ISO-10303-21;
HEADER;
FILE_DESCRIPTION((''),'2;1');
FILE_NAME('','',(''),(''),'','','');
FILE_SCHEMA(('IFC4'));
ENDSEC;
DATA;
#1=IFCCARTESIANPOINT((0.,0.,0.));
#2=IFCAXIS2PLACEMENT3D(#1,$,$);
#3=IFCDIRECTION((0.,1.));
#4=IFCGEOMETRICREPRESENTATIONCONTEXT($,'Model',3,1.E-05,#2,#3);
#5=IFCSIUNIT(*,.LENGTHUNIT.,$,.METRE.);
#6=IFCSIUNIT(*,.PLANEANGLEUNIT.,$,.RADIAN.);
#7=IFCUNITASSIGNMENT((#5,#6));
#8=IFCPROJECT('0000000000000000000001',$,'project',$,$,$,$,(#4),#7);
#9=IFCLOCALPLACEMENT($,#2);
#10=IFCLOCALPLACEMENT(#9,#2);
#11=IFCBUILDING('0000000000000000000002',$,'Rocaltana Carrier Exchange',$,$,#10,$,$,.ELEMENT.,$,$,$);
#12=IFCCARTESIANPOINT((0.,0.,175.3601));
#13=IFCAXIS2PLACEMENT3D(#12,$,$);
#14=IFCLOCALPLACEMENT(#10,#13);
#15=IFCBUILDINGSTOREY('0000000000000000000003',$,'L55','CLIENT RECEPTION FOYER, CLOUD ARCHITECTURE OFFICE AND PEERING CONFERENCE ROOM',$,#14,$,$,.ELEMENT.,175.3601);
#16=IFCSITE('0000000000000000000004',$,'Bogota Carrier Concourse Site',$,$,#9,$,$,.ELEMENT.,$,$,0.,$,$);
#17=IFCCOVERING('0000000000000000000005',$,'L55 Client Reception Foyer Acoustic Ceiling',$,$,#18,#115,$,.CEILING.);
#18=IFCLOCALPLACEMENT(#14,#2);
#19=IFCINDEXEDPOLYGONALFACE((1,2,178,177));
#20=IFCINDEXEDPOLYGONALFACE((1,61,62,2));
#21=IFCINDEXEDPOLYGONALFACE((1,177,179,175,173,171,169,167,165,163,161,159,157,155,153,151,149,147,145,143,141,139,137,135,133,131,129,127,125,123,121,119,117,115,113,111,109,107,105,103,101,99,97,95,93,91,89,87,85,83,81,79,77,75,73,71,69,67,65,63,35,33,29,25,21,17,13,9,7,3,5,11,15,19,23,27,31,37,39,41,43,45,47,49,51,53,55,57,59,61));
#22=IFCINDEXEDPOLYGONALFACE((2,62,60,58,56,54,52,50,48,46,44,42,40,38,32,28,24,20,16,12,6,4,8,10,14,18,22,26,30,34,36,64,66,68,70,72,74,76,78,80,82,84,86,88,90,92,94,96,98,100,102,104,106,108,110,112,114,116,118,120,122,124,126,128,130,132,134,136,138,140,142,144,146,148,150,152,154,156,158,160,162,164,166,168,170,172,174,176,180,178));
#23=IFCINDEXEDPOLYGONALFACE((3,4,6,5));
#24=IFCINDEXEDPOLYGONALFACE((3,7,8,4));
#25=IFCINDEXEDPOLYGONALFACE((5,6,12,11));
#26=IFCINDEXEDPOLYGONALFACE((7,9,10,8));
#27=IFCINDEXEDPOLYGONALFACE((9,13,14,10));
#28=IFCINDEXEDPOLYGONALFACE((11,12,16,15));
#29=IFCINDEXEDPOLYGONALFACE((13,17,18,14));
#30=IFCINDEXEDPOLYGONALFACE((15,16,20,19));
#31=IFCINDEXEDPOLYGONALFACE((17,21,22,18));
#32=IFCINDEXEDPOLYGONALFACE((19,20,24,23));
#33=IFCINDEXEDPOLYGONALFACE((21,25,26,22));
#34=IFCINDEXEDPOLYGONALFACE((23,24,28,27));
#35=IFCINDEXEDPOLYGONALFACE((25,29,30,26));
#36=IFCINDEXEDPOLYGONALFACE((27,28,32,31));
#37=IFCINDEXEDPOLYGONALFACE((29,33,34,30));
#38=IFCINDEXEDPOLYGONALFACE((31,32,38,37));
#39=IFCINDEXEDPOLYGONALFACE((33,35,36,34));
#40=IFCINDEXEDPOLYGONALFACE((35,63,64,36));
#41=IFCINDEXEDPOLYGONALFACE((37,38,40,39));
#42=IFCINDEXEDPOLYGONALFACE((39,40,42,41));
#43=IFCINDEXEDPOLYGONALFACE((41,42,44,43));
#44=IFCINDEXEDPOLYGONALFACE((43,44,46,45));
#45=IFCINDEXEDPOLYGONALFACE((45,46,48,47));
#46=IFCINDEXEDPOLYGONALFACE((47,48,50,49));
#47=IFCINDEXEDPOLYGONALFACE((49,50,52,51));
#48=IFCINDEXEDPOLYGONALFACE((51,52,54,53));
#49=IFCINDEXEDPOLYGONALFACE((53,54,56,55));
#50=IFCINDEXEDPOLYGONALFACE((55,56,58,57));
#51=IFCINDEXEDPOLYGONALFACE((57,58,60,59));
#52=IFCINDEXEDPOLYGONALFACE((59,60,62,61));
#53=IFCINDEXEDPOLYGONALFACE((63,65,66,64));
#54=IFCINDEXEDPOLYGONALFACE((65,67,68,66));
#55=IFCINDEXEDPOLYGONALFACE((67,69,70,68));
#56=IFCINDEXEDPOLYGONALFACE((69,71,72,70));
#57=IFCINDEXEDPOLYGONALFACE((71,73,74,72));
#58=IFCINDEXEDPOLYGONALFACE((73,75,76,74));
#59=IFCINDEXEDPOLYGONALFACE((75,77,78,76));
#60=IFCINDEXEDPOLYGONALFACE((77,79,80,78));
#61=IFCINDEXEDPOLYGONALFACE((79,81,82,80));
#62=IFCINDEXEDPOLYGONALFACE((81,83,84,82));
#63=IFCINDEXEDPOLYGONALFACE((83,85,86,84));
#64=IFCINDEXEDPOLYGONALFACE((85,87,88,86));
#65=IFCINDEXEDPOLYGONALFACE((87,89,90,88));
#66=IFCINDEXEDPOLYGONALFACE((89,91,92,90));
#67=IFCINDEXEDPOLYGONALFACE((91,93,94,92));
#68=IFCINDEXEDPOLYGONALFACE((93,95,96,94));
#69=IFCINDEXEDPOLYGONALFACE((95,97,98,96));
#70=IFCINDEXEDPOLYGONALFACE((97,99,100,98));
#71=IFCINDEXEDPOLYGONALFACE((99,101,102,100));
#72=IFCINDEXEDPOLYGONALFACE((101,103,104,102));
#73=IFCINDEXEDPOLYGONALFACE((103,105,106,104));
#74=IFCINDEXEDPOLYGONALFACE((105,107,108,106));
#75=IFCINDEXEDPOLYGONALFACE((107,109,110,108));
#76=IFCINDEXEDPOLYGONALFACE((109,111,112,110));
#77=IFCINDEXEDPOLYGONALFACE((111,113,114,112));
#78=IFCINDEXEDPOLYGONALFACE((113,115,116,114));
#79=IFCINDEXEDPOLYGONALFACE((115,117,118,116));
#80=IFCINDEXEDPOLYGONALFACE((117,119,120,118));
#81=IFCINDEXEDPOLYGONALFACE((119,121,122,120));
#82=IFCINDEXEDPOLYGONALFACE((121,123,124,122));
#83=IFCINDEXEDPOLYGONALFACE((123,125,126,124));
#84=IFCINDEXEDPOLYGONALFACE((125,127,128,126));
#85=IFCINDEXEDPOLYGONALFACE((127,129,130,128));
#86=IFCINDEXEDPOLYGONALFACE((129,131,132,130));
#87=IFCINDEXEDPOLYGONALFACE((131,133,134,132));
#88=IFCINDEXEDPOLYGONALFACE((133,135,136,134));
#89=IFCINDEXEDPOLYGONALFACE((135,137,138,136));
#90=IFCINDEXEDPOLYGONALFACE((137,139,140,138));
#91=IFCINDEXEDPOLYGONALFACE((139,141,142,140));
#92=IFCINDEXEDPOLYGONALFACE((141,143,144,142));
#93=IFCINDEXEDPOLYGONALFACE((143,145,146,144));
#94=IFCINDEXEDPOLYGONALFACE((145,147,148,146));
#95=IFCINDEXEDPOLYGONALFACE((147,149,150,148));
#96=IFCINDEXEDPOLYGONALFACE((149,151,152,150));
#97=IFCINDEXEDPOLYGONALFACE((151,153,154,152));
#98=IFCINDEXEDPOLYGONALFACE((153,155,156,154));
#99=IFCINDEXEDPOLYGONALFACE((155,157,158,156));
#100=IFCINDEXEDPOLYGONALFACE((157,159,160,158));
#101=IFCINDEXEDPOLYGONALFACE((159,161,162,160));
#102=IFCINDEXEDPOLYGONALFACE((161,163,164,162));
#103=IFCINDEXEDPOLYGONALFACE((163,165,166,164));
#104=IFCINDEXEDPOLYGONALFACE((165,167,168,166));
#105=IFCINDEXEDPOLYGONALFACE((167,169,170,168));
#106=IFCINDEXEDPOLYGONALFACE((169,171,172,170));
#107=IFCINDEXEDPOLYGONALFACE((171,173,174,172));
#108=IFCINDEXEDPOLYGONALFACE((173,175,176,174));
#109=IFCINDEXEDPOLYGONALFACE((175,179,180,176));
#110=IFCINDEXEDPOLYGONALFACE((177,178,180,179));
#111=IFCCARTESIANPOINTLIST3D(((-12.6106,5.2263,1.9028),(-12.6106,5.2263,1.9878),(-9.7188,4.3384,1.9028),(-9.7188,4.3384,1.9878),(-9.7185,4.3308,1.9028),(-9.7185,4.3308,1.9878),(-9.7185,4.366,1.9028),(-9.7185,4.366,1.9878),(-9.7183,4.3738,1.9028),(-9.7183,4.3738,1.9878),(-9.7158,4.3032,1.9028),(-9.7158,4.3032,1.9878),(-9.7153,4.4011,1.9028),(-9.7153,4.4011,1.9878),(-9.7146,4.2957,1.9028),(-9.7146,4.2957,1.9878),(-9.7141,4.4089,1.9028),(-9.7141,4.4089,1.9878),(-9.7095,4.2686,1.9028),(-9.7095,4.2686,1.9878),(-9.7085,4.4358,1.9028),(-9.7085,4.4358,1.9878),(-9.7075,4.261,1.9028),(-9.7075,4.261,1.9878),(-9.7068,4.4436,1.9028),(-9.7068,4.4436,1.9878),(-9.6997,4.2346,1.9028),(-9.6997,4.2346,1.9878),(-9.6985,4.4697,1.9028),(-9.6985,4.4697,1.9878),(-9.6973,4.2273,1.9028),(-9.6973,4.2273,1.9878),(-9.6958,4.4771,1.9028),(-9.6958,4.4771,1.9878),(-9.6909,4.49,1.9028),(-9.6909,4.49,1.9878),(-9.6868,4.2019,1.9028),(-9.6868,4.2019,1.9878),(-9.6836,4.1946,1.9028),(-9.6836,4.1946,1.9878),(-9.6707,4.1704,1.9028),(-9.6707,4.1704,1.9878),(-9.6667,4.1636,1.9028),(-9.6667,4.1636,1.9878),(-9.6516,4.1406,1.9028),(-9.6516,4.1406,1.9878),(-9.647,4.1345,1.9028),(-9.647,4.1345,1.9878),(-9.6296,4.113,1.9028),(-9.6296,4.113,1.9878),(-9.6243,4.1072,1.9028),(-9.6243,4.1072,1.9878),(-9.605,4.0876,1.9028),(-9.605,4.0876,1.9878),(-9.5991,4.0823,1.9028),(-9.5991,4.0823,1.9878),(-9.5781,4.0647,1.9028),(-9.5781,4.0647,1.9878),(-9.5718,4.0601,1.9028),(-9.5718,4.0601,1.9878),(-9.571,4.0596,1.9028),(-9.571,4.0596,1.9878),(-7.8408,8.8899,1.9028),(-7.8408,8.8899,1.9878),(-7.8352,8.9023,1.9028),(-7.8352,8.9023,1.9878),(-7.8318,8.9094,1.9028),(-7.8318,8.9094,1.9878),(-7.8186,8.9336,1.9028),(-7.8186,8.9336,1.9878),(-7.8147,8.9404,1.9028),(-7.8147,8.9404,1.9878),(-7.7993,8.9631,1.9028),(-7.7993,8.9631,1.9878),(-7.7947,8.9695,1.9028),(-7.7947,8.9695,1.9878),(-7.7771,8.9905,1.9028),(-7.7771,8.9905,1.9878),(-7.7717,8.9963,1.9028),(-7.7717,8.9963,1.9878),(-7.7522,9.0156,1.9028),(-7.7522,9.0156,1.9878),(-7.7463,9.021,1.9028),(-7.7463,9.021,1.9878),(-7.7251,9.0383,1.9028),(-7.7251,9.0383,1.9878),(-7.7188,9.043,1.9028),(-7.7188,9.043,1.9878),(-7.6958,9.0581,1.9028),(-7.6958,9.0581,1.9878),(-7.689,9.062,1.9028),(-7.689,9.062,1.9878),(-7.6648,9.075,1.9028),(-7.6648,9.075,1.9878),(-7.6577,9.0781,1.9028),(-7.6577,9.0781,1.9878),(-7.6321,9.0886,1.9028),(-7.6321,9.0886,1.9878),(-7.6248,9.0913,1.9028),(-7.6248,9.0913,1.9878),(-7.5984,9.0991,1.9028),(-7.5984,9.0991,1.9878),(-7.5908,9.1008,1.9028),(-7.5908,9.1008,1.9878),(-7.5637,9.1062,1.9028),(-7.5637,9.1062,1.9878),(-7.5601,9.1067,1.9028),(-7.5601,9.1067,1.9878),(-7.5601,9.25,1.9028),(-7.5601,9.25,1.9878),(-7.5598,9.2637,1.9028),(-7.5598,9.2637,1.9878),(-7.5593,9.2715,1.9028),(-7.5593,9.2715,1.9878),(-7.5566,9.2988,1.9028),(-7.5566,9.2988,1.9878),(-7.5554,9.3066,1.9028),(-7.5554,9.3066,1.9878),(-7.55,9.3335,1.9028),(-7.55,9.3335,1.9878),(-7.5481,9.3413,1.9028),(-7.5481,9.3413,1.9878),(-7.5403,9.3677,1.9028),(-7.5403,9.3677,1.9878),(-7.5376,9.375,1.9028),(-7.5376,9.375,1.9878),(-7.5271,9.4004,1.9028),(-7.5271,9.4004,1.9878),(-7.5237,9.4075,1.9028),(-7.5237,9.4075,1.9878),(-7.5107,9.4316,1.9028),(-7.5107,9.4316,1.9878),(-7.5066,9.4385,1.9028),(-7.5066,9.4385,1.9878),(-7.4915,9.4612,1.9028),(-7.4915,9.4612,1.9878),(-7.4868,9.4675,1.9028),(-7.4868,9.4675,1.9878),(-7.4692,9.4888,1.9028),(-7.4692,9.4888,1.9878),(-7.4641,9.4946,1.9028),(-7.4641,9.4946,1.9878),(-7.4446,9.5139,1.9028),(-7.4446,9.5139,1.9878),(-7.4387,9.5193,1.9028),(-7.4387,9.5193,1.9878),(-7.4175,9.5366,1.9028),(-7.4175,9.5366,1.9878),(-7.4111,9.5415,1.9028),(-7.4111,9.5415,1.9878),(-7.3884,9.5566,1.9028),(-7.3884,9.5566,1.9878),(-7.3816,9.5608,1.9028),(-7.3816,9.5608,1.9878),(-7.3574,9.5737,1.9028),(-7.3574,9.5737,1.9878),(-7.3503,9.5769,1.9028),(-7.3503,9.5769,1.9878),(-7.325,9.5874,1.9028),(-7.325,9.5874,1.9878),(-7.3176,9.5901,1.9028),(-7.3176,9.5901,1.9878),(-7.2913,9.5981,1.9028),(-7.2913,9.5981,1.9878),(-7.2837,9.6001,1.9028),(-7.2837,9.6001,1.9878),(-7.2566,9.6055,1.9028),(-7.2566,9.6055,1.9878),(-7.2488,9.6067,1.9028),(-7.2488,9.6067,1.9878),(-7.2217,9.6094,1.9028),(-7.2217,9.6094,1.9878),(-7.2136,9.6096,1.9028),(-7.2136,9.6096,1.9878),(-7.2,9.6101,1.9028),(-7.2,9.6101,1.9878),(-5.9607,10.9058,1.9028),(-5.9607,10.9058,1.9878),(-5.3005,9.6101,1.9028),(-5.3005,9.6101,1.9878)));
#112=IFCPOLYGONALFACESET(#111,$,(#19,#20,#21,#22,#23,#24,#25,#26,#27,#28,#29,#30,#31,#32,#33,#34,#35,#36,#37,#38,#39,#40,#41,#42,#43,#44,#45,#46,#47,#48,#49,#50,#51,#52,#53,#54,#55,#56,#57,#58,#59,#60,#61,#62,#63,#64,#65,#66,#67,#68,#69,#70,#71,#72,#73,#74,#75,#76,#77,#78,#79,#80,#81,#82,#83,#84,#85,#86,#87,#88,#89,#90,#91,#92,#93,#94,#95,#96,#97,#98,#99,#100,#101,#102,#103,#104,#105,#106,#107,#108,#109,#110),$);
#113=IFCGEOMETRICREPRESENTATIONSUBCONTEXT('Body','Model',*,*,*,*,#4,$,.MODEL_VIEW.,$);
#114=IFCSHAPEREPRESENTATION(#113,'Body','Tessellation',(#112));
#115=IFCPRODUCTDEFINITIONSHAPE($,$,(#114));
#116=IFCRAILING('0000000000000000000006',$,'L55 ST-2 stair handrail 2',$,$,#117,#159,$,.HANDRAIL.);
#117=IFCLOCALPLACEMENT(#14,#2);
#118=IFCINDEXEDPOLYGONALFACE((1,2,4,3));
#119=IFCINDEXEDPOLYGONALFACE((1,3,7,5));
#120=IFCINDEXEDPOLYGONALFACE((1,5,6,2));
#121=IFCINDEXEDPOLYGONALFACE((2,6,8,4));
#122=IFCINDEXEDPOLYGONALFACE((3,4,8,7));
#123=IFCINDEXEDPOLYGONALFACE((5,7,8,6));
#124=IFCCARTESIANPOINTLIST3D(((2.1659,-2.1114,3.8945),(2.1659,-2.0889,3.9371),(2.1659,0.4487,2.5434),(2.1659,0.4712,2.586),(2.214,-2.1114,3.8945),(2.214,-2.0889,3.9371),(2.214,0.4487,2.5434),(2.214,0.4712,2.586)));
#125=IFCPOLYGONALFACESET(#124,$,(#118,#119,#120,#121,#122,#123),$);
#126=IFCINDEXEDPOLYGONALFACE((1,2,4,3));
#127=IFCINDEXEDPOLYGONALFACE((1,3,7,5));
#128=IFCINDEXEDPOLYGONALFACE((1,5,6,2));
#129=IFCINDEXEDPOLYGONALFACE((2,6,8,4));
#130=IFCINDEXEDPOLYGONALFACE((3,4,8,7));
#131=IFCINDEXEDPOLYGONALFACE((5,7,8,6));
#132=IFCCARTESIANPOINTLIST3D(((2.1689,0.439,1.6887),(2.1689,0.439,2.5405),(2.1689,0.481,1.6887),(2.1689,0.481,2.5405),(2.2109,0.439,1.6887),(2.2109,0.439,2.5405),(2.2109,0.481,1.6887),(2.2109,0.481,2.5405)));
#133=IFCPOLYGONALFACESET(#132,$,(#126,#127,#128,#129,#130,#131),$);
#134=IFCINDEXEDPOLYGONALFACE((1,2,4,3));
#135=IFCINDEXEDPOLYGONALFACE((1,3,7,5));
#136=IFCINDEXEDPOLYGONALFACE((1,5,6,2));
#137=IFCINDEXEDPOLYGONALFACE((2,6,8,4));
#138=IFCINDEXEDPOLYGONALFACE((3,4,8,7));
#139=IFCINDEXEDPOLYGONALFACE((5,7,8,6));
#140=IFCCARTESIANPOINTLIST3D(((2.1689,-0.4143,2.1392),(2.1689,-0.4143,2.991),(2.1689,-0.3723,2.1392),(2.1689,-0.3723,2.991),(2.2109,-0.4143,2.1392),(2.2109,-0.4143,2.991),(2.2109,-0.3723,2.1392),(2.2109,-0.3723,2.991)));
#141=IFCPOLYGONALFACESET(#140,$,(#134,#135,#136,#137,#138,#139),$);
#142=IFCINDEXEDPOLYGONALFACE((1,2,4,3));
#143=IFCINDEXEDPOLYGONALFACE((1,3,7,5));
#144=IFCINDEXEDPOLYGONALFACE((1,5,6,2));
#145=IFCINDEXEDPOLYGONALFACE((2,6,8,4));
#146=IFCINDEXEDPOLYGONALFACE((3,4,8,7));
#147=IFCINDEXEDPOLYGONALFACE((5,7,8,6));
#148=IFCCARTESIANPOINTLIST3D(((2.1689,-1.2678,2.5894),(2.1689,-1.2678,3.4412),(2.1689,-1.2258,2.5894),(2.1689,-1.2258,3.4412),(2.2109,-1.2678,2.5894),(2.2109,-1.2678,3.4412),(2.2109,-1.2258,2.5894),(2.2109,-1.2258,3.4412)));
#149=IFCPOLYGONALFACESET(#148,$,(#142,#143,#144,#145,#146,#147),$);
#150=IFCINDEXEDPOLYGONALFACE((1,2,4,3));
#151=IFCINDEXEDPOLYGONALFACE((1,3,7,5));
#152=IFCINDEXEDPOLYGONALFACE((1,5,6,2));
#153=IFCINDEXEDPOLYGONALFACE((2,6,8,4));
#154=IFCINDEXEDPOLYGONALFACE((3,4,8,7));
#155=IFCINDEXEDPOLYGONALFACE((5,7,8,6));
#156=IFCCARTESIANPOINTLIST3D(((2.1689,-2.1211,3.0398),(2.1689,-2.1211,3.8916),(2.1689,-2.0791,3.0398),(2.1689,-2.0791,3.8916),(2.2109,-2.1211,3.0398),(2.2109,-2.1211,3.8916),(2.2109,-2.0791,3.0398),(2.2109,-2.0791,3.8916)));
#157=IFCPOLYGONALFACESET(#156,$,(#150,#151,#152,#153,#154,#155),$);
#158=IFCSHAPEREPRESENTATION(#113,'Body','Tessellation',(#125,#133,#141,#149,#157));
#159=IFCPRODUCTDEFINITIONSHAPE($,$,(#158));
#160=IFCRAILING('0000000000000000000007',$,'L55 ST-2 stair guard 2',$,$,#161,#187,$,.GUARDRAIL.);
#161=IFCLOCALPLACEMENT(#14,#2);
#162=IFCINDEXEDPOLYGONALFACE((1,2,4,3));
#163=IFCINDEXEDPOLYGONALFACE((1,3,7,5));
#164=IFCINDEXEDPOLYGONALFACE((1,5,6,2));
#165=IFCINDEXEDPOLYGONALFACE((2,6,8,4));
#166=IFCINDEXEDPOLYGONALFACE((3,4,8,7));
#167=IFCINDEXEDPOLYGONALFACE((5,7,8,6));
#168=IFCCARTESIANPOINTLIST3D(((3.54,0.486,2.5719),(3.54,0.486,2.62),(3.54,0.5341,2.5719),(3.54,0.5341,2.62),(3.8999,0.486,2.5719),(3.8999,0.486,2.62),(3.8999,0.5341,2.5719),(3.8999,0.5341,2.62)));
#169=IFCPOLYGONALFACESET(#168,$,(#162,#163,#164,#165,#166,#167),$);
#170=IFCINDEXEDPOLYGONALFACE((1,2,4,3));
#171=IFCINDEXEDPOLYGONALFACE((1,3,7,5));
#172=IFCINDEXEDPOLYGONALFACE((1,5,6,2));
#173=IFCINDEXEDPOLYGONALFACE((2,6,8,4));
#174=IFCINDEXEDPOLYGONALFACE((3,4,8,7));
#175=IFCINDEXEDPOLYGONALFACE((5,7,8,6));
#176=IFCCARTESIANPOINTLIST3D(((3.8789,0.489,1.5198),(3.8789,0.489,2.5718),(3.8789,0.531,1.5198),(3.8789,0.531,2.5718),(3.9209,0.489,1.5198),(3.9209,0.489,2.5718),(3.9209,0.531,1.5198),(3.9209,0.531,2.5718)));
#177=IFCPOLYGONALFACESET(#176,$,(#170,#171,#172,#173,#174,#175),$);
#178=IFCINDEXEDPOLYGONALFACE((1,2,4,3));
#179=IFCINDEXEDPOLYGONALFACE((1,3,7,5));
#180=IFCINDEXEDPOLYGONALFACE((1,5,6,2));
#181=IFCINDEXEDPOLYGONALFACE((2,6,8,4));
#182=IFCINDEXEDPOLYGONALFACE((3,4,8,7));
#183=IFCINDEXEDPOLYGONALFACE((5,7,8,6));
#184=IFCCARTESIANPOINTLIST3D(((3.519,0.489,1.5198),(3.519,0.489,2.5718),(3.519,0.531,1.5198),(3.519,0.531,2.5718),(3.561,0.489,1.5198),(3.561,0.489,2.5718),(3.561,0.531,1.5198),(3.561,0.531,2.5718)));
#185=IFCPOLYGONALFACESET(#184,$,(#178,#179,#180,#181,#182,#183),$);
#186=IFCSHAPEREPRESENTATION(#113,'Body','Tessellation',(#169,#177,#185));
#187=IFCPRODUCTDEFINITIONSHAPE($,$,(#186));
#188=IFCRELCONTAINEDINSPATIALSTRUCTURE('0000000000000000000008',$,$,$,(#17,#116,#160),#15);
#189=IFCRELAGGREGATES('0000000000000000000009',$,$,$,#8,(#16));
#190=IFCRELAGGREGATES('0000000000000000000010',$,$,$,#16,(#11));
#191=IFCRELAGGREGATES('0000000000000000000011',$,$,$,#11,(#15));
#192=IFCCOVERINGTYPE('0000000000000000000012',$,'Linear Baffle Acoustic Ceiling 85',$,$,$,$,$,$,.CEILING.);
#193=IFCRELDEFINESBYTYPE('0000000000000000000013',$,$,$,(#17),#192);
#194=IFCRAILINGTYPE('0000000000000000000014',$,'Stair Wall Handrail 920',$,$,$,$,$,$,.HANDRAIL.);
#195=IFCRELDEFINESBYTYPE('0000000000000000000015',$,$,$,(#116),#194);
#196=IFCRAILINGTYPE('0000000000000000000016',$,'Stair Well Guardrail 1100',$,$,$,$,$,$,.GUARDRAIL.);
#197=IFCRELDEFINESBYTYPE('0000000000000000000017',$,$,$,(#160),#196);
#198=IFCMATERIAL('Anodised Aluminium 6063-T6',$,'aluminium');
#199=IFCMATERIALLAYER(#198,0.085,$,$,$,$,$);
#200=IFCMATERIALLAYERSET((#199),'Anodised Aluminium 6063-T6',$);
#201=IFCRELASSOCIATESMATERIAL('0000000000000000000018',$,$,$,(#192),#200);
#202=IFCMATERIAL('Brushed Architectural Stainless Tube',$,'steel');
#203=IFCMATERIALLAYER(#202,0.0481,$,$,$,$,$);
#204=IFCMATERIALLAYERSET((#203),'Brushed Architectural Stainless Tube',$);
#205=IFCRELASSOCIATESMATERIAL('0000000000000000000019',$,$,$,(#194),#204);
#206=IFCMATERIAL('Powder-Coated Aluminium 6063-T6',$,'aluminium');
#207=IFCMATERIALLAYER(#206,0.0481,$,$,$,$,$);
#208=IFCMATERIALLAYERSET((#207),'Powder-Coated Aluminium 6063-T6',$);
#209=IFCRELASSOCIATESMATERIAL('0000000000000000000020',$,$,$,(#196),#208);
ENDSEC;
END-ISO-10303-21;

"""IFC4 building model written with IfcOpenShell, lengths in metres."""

from ifc_helpers import new_model, si_unit, direction, frame, origin, origin_2d, place, context, subcontext, project, spatial, polyline, rectangle, outline, extrude, material, layer, layer_set, type_object, element, save


model = new_model("IFC4")

# Units and contexts
model_context = context("Model", 3, precision=1e-05, world=origin(), true_north=direction((0.0, 1.0)))
body_context = subcontext(model_context, "Body", "Model", "MODEL_VIEW")
ifc_project = project(units=[si_unit("LENGTHUNIT", "METRE"), si_unit("PLANEANGLEUNIT", "RADIAN")], contexts=[model_context])

# Site, building, storey
site_placement = place(None, origin())
site = spatial("IfcSite", under=ifc_project, at=site_placement, Name="Bogota Carrier Concourse Site", CompositionType="ELEMENT", RefElevation=0.0)
building_placement = place(site_placement, origin())
building = spatial("IfcBuilding", under=site, at=building_placement, Name="Rocaltana Carrier Exchange", CompositionType="ELEMENT")
storey_placement = place(building_placement, frame((0.0, 0.0, 175.3601)))
storey = spatial("IfcBuildingStorey", under=building, at=storey_placement, Name="L55", Description="CLIENT RECEPTION FOYER, CLOUD ARCHITECTURE OFFICE AND PEERING CONFERENCE ROOM", CompositionType="ELEMENT", Elevation=175.3601)

# Covering
ifc_material_1 = material(Name="Anodised Aluminium 6063-T6", Category="aluminium")
ifc_layer_1 = layer(ifc_material_1, 0.085)
ifc_layer_set_1 = layer_set([ifc_layer_1], Name="Anodised Aluminium 6063-T6")
covering_type_1 = type_object("IfcCoveringType", Name="Linear Baffle Acoustic Ceiling 85", PredefinedType="CEILING", material=ifc_layer_set_1)
covering_1_placement = place(storey_placement, frame((0.0, 0.0, 1.9028)))
element("IfcCovering", 1, at=covering_1_placement, inside=storey, type_object=covering_type_1, Name="L55 Client Reception Foyer Acoustic Ceiling", PredefinedType="CEILING", context=body_context, shape_type="SweptSolid", body=[
    extrude(outline(polyline([(-9.571, 4.0596), (-12.6106, 5.2263), (-5.9607, 10.9058), (-5.3005, 9.6101), (-7.2, 9.6101), (-7.2136, 9.6096), (-7.2217, 9.6094), (-7.2488, 9.6067), (-7.2566, 9.6055), (-7.2837, 9.6001), (-7.2913, 9.5981), (-7.3176, 9.5901), (-7.325, 9.5874), (-7.3503, 9.5769), (-7.3574, 9.5737), (-7.3816, 9.5608), (-7.3884, 9.5566), (-7.4111, 9.5415), (-7.4175, 9.5366), (-7.4387, 9.5193), (-7.4446, 9.5139), (-7.4641, 9.4946), (-7.4692, 9.4888), (-7.4868, 9.4675), (-7.4915, 9.4612), (-7.5066, 9.4385), (-7.5107, 9.4316), (-7.5237, 9.4075), (-7.5271, 9.4004), (-7.5376, 9.375), (-7.5403, 9.3677), (-7.5481, 9.3413), (-7.55, 9.3335), (-7.5554, 9.3066), (-7.5566, 9.2988), (-7.5593, 9.2715), (-7.5598, 9.2637), (-7.5601, 9.25), (-7.5601, 9.1067), (-7.5637, 9.1062), (-7.5908, 9.1008), (-7.5984, 9.0991), (-7.6248, 9.0913), (-7.6321, 9.0886), (-7.6577, 9.0781), (-7.6648, 9.075), (-7.689, 9.062), (-7.6958, 9.0581), (-7.7188, 9.043), (-7.7251, 9.0383), (-7.7463, 9.021), (-7.7522, 9.0156), (-7.7717, 8.9963), (-7.7771, 8.9905), (-7.7947, 8.9695), (-7.7993, 8.9631), (-7.8147, 8.9404), (-7.8186, 8.9336), (-7.8318, 8.9094), (-7.8352, 8.9023), (-7.8408, 8.8899), (-9.6909, 4.49), (-9.6958, 4.4771), (-9.6985, 4.4697), (-9.7068, 4.4436), (-9.7085, 4.4358), (-9.7141, 4.4089), (-9.7153, 4.4011), (-9.7183, 4.3738), (-9.7185, 4.366), (-9.7188, 4.3384), (-9.7185, 4.3308), (-9.7158, 4.3032), (-9.7146, 4.2957), (-9.7095, 4.2686), (-9.7075, 4.261), (-9.6997, 4.2346), (-9.6973, 4.2273), (-9.6868, 4.2019), (-9.6836, 4.1946), (-9.6707, 4.1704), (-9.6667, 4.1636), (-9.6516, 4.1406), (-9.647, 4.1345), (-9.6296, 4.113), (-9.6243, 4.1072), (-9.605, 4.0876), (-9.5991, 4.0823), (-9.5781, 4.0647), (-9.5718, 4.0601), (-9.571, 4.0596)])), origin(), (0.0, 0.0, 1.0), 0.085),
])

# Railings
ifc_material_2 = material(Name="Brushed Architectural Stainless Tube", Category="steel")
ifc_layer_2 = layer(ifc_material_2, 0.0481)
ifc_layer_set_2 = layer_set([ifc_layer_2], Name="Brushed Architectural Stainless Tube")
railing_type_1 = type_object("IfcRailingType", Name="Stair Wall Handrail 920", PredefinedType="HANDRAIL", material=ifc_layer_set_2)
railing_1_placement = place(storey_placement, frame((2.1899, 0.46, 1.6887)))
element("IfcRailing", 2, at=railing_1_placement, inside=storey, type_object=railing_type_1, Name="L55 ST-2 stair handrail 2", PredefinedType="HANDRAIL", context=body_context, shape_type="SweptSolid", body=[
    extrude(rectangle(XDim=0.0481, YDim=0.0481, at=origin_2d()), frame((0.0, 0.0, 0.876), z_axis=(0.0, -0.884394, 0.46674), x_axis=(1.0, 0.0, 0.0)), (0.0, 0.0, 1.0), 2.8948),
    extrude(rectangle(XDim=0.042, YDim=0.042, at=origin_2d()), origin(), (0.0, 0.0, 1.0), 0.8518),
    extrude(rectangle(XDim=0.042, YDim=0.042, at=origin_2d()), frame((0.0, -0.8533, 0.4504)), (0.0, 0.0, 1.0), 0.8518),
    extrude(rectangle(XDim=0.042, YDim=0.042, at=origin_2d()), frame((0.0, -1.7068, 0.9006)), (0.0, 0.0, 1.0), 0.8518),
    extrude(rectangle(XDim=0.042, YDim=0.042, at=origin_2d()), frame((0.0, -2.5601, 1.3511)), (0.0, 0.0, 1.0), 0.8518),
])
ifc_material_3 = material(Name="Powder-Coated Aluminium 6063-T6", Category="aluminium")
ifc_layer_3 = layer(ifc_material_3, 0.0481)
ifc_layer_set_3 = layer_set([ifc_layer_3], Name="Powder-Coated Aluminium 6063-T6")
railing_type_2 = type_object("IfcRailingType", Name="Stair Well Guardrail 1100", PredefinedType="GUARDRAIL", material=ifc_layer_set_3)
railing_2_placement = place(storey_placement, frame((3.8999, 0.51, 1.5198)))
element("IfcRailing", 3, at=railing_2_placement, inside=storey, type_object=railing_type_2, Name="L55 ST-2 stair guard 2", PredefinedType="GUARDRAIL", context=body_context, shape_type="SweptSolid", body=[
    extrude(rectangle(XDim=0.0481, YDim=0.0481, at=origin_2d()), frame((0.0, 0.0, 1.0762), z_axis=(-1.0, 0.0, 0.0), x_axis=(0.0, -1.0, 0.0)), (0.0, 0.0, 1.0), 0.3599),
    extrude(rectangle(XDim=0.042, YDim=0.042, at=origin_2d()), origin(), (0.0, 0.0, 1.0), 1.052),
    extrude(rectangle(XDim=0.042, YDim=0.042, at=origin_2d()), frame((-0.3599, 0.0, 0.0)), (0.0, 0.0, 1.0), 1.052),
])

save(model, "model.ifc")
